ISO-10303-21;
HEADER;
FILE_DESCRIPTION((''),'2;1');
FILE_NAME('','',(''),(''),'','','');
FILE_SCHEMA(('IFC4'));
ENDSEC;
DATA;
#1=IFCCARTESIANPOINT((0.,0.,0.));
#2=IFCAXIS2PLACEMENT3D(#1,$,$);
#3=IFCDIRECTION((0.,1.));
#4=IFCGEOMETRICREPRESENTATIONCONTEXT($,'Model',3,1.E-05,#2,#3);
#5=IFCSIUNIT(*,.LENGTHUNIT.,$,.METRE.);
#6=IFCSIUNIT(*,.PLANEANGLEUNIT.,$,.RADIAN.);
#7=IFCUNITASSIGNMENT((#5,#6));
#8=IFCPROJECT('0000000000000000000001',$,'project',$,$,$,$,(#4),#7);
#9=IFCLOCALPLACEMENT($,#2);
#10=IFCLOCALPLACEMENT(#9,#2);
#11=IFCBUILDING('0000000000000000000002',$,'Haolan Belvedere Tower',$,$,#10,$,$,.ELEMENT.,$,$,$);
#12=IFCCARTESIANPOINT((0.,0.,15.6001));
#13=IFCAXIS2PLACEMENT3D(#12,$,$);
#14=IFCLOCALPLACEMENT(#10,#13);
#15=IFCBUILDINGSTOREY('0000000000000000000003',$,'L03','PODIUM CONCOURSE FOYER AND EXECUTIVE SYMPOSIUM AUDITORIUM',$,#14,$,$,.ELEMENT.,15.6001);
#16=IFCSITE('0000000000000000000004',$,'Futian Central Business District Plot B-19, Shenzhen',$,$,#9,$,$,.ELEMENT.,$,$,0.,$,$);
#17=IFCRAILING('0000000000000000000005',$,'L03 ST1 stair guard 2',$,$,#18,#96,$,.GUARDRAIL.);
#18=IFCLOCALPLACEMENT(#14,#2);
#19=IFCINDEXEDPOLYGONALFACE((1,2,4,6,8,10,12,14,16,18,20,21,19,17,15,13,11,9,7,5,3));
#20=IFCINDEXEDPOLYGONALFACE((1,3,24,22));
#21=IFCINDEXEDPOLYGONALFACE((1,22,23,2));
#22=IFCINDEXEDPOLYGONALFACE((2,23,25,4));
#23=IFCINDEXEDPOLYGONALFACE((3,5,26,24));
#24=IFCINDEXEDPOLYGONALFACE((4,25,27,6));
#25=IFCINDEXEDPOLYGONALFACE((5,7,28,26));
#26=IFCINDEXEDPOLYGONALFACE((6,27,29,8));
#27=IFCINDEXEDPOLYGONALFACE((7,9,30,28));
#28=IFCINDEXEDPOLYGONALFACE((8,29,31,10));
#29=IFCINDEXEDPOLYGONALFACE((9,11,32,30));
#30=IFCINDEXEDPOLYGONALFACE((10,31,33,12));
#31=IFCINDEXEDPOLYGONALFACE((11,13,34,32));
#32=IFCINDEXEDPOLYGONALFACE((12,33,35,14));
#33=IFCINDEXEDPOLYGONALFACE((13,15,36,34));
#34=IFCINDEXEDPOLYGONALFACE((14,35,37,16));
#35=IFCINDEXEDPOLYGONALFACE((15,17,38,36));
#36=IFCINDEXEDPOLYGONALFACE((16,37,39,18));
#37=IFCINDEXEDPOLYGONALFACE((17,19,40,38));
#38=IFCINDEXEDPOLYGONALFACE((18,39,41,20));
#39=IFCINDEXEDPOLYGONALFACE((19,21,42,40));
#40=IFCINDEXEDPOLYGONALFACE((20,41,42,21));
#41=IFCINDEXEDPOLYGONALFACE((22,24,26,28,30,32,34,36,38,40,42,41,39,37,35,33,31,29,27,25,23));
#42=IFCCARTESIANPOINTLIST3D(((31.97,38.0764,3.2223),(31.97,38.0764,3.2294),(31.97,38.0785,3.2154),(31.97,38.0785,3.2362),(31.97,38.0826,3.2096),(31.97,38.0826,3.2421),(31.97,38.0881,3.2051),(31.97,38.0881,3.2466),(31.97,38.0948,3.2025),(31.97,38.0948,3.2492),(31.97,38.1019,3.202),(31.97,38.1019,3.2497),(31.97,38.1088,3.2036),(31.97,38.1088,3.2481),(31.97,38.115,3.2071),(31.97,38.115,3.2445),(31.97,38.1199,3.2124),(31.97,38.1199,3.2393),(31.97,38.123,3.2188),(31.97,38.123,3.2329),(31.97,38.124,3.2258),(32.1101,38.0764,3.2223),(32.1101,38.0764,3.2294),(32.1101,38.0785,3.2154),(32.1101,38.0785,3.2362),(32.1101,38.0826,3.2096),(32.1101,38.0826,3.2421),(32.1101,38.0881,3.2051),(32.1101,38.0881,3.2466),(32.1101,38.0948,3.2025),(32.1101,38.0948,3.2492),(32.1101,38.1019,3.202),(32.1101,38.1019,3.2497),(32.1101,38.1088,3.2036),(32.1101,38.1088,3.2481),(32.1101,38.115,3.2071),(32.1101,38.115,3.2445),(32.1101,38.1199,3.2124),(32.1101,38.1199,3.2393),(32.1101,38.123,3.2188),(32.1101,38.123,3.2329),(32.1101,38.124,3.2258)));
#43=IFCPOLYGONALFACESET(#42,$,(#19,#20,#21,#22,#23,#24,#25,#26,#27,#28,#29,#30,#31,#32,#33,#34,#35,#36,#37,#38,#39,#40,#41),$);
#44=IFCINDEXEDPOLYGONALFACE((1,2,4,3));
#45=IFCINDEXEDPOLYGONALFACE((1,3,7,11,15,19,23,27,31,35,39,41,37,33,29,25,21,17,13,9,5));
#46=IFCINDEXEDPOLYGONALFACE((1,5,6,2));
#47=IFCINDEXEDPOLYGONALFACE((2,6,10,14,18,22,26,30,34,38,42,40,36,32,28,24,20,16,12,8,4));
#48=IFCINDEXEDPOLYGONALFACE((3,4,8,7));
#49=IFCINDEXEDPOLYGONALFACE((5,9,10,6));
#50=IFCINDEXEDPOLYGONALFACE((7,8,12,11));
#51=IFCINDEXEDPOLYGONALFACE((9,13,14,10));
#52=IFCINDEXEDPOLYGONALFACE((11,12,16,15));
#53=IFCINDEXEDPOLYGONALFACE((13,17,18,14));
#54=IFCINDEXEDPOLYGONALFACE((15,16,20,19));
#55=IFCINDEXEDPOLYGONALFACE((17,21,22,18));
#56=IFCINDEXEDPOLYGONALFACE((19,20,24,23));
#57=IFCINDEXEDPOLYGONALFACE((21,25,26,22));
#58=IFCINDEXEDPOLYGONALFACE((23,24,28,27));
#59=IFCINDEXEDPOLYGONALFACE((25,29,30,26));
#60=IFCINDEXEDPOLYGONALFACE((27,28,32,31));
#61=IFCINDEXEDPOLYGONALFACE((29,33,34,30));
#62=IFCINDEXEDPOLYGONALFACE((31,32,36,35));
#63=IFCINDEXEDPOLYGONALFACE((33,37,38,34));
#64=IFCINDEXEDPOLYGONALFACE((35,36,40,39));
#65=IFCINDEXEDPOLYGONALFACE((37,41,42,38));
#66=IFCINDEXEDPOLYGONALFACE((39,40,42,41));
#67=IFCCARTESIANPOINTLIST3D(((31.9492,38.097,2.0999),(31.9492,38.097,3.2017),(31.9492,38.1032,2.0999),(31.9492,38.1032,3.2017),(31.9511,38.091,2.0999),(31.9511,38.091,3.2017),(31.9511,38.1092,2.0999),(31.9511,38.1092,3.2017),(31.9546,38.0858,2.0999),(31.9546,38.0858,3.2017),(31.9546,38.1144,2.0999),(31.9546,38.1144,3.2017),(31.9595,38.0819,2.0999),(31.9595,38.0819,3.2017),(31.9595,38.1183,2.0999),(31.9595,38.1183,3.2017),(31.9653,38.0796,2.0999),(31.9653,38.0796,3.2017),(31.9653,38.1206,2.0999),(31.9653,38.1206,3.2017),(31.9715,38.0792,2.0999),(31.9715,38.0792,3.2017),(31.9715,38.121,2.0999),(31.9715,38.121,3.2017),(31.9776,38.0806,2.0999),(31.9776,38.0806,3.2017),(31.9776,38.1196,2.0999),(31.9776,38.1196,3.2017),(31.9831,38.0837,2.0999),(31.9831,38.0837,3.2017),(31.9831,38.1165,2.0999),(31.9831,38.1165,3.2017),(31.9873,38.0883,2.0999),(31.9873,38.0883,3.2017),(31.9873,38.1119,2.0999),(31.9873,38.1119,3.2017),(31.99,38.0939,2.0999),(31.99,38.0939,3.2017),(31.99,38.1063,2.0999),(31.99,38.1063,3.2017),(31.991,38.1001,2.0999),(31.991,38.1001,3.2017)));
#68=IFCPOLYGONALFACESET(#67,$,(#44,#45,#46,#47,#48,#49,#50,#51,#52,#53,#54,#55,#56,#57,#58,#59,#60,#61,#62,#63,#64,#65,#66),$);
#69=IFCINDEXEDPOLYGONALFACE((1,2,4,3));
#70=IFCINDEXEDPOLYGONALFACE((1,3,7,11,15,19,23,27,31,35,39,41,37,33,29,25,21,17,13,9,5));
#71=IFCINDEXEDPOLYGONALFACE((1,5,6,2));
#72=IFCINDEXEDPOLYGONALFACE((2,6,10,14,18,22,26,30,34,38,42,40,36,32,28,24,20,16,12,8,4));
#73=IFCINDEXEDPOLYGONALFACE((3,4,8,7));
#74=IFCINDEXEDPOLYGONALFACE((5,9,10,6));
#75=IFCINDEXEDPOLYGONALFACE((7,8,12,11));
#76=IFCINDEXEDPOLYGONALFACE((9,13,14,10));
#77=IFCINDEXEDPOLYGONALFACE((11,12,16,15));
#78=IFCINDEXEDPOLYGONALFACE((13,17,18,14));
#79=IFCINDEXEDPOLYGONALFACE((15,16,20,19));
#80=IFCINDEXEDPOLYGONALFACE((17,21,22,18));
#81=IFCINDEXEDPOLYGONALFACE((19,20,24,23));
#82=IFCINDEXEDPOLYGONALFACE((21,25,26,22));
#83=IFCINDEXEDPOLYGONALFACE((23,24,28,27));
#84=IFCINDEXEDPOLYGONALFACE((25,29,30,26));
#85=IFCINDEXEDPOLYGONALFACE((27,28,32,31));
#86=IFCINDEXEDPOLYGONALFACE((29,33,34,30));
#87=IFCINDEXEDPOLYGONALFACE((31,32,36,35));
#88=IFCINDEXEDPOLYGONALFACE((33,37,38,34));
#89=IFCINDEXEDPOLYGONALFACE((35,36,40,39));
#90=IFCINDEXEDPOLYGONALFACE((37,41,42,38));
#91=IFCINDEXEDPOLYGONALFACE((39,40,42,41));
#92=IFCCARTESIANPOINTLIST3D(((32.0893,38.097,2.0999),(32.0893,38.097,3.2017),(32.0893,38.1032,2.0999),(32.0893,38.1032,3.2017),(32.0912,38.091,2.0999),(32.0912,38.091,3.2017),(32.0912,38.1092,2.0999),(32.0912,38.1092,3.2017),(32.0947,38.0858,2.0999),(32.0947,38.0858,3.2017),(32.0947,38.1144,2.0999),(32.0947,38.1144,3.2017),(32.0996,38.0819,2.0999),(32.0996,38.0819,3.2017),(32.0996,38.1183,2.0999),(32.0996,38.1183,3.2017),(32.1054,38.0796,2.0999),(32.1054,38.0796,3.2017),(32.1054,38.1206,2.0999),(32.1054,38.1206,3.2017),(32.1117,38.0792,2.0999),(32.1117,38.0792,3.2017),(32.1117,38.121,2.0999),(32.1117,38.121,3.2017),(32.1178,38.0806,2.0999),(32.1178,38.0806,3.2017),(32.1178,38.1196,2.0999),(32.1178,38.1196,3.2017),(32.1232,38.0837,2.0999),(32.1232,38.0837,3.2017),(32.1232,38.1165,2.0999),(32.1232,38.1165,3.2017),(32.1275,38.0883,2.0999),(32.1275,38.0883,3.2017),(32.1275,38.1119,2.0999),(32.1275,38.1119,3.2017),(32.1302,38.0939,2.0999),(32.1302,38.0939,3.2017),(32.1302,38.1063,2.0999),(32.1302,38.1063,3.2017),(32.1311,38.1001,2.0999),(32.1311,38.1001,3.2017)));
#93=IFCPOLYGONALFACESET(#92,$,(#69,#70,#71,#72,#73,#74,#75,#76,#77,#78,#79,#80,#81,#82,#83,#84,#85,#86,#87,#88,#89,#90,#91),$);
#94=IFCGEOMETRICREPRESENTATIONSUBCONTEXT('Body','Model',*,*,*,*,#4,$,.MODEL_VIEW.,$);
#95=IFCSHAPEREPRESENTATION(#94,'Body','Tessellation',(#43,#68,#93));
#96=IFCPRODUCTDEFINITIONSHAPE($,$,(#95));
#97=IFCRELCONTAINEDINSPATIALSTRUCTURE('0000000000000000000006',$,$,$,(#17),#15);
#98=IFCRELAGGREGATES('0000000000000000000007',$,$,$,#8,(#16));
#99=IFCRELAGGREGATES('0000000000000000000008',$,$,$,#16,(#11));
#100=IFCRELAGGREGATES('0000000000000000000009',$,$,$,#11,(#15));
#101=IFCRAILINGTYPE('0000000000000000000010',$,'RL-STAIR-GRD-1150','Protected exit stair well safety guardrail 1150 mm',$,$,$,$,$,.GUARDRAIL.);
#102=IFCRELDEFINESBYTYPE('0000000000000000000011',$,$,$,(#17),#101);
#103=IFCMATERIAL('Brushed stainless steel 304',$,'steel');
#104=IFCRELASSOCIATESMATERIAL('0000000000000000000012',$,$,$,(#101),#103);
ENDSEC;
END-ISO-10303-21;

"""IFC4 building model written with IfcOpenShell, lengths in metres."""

from ifc_helpers import new_model, si_unit, direction, frame, origin, origin_2d, place, context, subcontext, project, spatial, circle, extrude, material, type_object, element, save


model = new_model("IFC4")

# Units and contexts
model_context = context("Model", 3, precision=1e-05, world=origin(), true_north=direction((0.0, 1.0)))
body_context = subcontext(model_context, "Body", "Model", "MODEL_VIEW")
ifc_project = project(units=[si_unit("LENGTHUNIT", "METRE"), si_unit("PLANEANGLEUNIT", "RADIAN")], contexts=[model_context])

# Site, building, storey
site_placement = place(None, origin())
site = spatial("IfcSite", under=ifc_project, at=site_placement, Name="Futian Central Business District Plot B-19, Shenzhen", CompositionType="ELEMENT", RefElevation=0.0)
building_placement = place(site_placement, origin())
building = spatial("IfcBuilding", under=site, at=building_placement, Name="Haolan Belvedere Tower", CompositionType="ELEMENT")
storey_placement = place(building_placement, frame((0.0, 0.0, 15.6001)))
storey = spatial("IfcBuildingStorey", under=building, at=storey_placement, Name="L03", Description="PODIUM CONCOURSE FOYER AND EXECUTIVE SYMPOSIUM AUDITORIUM", CompositionType="ELEMENT", Elevation=15.6001)

# Railing
ifc_material_1 = material(Name="Brushed stainless steel 304", Category="steel")
railing_type = type_object("IfcRailingType", Name="RL-STAIR-GRD-1150", Description="Protected exit stair well safety guardrail 1150 mm", PredefinedType="GUARDRAIL", material=ifc_material_1)
railing_1_placement = place(storey_placement, frame((31.97, 38.1001, 2.0999)))
element("IfcRailing", 1, at=railing_1_placement, inside=storey, type_object=railing_type, Name="L03 ST1 stair guard 2", PredefinedType="GUARDRAIL", context=body_context, shape_type="SweptSolid", body=[
    extrude(circle(Radius=0.0239, at=origin_2d()), frame((0.0, 0.0, 1.126), z_axis=(1.0, 0.0, 0.0), x_axis=(0.0, 1.0, 0.0)), (0.0, 0.0, 1.0), 0.1401),
    extrude(circle(Radius=0.021, at=origin_2d()), origin(), (0.0, 0.0, 1.0), 1.1018),
    extrude(circle(Radius=0.021, at=origin_2d()), frame((0.1401, 0.0, 0.0)), (0.0, 0.0, 1.0), 1.1018),
])

save(model, "model.ifc")
